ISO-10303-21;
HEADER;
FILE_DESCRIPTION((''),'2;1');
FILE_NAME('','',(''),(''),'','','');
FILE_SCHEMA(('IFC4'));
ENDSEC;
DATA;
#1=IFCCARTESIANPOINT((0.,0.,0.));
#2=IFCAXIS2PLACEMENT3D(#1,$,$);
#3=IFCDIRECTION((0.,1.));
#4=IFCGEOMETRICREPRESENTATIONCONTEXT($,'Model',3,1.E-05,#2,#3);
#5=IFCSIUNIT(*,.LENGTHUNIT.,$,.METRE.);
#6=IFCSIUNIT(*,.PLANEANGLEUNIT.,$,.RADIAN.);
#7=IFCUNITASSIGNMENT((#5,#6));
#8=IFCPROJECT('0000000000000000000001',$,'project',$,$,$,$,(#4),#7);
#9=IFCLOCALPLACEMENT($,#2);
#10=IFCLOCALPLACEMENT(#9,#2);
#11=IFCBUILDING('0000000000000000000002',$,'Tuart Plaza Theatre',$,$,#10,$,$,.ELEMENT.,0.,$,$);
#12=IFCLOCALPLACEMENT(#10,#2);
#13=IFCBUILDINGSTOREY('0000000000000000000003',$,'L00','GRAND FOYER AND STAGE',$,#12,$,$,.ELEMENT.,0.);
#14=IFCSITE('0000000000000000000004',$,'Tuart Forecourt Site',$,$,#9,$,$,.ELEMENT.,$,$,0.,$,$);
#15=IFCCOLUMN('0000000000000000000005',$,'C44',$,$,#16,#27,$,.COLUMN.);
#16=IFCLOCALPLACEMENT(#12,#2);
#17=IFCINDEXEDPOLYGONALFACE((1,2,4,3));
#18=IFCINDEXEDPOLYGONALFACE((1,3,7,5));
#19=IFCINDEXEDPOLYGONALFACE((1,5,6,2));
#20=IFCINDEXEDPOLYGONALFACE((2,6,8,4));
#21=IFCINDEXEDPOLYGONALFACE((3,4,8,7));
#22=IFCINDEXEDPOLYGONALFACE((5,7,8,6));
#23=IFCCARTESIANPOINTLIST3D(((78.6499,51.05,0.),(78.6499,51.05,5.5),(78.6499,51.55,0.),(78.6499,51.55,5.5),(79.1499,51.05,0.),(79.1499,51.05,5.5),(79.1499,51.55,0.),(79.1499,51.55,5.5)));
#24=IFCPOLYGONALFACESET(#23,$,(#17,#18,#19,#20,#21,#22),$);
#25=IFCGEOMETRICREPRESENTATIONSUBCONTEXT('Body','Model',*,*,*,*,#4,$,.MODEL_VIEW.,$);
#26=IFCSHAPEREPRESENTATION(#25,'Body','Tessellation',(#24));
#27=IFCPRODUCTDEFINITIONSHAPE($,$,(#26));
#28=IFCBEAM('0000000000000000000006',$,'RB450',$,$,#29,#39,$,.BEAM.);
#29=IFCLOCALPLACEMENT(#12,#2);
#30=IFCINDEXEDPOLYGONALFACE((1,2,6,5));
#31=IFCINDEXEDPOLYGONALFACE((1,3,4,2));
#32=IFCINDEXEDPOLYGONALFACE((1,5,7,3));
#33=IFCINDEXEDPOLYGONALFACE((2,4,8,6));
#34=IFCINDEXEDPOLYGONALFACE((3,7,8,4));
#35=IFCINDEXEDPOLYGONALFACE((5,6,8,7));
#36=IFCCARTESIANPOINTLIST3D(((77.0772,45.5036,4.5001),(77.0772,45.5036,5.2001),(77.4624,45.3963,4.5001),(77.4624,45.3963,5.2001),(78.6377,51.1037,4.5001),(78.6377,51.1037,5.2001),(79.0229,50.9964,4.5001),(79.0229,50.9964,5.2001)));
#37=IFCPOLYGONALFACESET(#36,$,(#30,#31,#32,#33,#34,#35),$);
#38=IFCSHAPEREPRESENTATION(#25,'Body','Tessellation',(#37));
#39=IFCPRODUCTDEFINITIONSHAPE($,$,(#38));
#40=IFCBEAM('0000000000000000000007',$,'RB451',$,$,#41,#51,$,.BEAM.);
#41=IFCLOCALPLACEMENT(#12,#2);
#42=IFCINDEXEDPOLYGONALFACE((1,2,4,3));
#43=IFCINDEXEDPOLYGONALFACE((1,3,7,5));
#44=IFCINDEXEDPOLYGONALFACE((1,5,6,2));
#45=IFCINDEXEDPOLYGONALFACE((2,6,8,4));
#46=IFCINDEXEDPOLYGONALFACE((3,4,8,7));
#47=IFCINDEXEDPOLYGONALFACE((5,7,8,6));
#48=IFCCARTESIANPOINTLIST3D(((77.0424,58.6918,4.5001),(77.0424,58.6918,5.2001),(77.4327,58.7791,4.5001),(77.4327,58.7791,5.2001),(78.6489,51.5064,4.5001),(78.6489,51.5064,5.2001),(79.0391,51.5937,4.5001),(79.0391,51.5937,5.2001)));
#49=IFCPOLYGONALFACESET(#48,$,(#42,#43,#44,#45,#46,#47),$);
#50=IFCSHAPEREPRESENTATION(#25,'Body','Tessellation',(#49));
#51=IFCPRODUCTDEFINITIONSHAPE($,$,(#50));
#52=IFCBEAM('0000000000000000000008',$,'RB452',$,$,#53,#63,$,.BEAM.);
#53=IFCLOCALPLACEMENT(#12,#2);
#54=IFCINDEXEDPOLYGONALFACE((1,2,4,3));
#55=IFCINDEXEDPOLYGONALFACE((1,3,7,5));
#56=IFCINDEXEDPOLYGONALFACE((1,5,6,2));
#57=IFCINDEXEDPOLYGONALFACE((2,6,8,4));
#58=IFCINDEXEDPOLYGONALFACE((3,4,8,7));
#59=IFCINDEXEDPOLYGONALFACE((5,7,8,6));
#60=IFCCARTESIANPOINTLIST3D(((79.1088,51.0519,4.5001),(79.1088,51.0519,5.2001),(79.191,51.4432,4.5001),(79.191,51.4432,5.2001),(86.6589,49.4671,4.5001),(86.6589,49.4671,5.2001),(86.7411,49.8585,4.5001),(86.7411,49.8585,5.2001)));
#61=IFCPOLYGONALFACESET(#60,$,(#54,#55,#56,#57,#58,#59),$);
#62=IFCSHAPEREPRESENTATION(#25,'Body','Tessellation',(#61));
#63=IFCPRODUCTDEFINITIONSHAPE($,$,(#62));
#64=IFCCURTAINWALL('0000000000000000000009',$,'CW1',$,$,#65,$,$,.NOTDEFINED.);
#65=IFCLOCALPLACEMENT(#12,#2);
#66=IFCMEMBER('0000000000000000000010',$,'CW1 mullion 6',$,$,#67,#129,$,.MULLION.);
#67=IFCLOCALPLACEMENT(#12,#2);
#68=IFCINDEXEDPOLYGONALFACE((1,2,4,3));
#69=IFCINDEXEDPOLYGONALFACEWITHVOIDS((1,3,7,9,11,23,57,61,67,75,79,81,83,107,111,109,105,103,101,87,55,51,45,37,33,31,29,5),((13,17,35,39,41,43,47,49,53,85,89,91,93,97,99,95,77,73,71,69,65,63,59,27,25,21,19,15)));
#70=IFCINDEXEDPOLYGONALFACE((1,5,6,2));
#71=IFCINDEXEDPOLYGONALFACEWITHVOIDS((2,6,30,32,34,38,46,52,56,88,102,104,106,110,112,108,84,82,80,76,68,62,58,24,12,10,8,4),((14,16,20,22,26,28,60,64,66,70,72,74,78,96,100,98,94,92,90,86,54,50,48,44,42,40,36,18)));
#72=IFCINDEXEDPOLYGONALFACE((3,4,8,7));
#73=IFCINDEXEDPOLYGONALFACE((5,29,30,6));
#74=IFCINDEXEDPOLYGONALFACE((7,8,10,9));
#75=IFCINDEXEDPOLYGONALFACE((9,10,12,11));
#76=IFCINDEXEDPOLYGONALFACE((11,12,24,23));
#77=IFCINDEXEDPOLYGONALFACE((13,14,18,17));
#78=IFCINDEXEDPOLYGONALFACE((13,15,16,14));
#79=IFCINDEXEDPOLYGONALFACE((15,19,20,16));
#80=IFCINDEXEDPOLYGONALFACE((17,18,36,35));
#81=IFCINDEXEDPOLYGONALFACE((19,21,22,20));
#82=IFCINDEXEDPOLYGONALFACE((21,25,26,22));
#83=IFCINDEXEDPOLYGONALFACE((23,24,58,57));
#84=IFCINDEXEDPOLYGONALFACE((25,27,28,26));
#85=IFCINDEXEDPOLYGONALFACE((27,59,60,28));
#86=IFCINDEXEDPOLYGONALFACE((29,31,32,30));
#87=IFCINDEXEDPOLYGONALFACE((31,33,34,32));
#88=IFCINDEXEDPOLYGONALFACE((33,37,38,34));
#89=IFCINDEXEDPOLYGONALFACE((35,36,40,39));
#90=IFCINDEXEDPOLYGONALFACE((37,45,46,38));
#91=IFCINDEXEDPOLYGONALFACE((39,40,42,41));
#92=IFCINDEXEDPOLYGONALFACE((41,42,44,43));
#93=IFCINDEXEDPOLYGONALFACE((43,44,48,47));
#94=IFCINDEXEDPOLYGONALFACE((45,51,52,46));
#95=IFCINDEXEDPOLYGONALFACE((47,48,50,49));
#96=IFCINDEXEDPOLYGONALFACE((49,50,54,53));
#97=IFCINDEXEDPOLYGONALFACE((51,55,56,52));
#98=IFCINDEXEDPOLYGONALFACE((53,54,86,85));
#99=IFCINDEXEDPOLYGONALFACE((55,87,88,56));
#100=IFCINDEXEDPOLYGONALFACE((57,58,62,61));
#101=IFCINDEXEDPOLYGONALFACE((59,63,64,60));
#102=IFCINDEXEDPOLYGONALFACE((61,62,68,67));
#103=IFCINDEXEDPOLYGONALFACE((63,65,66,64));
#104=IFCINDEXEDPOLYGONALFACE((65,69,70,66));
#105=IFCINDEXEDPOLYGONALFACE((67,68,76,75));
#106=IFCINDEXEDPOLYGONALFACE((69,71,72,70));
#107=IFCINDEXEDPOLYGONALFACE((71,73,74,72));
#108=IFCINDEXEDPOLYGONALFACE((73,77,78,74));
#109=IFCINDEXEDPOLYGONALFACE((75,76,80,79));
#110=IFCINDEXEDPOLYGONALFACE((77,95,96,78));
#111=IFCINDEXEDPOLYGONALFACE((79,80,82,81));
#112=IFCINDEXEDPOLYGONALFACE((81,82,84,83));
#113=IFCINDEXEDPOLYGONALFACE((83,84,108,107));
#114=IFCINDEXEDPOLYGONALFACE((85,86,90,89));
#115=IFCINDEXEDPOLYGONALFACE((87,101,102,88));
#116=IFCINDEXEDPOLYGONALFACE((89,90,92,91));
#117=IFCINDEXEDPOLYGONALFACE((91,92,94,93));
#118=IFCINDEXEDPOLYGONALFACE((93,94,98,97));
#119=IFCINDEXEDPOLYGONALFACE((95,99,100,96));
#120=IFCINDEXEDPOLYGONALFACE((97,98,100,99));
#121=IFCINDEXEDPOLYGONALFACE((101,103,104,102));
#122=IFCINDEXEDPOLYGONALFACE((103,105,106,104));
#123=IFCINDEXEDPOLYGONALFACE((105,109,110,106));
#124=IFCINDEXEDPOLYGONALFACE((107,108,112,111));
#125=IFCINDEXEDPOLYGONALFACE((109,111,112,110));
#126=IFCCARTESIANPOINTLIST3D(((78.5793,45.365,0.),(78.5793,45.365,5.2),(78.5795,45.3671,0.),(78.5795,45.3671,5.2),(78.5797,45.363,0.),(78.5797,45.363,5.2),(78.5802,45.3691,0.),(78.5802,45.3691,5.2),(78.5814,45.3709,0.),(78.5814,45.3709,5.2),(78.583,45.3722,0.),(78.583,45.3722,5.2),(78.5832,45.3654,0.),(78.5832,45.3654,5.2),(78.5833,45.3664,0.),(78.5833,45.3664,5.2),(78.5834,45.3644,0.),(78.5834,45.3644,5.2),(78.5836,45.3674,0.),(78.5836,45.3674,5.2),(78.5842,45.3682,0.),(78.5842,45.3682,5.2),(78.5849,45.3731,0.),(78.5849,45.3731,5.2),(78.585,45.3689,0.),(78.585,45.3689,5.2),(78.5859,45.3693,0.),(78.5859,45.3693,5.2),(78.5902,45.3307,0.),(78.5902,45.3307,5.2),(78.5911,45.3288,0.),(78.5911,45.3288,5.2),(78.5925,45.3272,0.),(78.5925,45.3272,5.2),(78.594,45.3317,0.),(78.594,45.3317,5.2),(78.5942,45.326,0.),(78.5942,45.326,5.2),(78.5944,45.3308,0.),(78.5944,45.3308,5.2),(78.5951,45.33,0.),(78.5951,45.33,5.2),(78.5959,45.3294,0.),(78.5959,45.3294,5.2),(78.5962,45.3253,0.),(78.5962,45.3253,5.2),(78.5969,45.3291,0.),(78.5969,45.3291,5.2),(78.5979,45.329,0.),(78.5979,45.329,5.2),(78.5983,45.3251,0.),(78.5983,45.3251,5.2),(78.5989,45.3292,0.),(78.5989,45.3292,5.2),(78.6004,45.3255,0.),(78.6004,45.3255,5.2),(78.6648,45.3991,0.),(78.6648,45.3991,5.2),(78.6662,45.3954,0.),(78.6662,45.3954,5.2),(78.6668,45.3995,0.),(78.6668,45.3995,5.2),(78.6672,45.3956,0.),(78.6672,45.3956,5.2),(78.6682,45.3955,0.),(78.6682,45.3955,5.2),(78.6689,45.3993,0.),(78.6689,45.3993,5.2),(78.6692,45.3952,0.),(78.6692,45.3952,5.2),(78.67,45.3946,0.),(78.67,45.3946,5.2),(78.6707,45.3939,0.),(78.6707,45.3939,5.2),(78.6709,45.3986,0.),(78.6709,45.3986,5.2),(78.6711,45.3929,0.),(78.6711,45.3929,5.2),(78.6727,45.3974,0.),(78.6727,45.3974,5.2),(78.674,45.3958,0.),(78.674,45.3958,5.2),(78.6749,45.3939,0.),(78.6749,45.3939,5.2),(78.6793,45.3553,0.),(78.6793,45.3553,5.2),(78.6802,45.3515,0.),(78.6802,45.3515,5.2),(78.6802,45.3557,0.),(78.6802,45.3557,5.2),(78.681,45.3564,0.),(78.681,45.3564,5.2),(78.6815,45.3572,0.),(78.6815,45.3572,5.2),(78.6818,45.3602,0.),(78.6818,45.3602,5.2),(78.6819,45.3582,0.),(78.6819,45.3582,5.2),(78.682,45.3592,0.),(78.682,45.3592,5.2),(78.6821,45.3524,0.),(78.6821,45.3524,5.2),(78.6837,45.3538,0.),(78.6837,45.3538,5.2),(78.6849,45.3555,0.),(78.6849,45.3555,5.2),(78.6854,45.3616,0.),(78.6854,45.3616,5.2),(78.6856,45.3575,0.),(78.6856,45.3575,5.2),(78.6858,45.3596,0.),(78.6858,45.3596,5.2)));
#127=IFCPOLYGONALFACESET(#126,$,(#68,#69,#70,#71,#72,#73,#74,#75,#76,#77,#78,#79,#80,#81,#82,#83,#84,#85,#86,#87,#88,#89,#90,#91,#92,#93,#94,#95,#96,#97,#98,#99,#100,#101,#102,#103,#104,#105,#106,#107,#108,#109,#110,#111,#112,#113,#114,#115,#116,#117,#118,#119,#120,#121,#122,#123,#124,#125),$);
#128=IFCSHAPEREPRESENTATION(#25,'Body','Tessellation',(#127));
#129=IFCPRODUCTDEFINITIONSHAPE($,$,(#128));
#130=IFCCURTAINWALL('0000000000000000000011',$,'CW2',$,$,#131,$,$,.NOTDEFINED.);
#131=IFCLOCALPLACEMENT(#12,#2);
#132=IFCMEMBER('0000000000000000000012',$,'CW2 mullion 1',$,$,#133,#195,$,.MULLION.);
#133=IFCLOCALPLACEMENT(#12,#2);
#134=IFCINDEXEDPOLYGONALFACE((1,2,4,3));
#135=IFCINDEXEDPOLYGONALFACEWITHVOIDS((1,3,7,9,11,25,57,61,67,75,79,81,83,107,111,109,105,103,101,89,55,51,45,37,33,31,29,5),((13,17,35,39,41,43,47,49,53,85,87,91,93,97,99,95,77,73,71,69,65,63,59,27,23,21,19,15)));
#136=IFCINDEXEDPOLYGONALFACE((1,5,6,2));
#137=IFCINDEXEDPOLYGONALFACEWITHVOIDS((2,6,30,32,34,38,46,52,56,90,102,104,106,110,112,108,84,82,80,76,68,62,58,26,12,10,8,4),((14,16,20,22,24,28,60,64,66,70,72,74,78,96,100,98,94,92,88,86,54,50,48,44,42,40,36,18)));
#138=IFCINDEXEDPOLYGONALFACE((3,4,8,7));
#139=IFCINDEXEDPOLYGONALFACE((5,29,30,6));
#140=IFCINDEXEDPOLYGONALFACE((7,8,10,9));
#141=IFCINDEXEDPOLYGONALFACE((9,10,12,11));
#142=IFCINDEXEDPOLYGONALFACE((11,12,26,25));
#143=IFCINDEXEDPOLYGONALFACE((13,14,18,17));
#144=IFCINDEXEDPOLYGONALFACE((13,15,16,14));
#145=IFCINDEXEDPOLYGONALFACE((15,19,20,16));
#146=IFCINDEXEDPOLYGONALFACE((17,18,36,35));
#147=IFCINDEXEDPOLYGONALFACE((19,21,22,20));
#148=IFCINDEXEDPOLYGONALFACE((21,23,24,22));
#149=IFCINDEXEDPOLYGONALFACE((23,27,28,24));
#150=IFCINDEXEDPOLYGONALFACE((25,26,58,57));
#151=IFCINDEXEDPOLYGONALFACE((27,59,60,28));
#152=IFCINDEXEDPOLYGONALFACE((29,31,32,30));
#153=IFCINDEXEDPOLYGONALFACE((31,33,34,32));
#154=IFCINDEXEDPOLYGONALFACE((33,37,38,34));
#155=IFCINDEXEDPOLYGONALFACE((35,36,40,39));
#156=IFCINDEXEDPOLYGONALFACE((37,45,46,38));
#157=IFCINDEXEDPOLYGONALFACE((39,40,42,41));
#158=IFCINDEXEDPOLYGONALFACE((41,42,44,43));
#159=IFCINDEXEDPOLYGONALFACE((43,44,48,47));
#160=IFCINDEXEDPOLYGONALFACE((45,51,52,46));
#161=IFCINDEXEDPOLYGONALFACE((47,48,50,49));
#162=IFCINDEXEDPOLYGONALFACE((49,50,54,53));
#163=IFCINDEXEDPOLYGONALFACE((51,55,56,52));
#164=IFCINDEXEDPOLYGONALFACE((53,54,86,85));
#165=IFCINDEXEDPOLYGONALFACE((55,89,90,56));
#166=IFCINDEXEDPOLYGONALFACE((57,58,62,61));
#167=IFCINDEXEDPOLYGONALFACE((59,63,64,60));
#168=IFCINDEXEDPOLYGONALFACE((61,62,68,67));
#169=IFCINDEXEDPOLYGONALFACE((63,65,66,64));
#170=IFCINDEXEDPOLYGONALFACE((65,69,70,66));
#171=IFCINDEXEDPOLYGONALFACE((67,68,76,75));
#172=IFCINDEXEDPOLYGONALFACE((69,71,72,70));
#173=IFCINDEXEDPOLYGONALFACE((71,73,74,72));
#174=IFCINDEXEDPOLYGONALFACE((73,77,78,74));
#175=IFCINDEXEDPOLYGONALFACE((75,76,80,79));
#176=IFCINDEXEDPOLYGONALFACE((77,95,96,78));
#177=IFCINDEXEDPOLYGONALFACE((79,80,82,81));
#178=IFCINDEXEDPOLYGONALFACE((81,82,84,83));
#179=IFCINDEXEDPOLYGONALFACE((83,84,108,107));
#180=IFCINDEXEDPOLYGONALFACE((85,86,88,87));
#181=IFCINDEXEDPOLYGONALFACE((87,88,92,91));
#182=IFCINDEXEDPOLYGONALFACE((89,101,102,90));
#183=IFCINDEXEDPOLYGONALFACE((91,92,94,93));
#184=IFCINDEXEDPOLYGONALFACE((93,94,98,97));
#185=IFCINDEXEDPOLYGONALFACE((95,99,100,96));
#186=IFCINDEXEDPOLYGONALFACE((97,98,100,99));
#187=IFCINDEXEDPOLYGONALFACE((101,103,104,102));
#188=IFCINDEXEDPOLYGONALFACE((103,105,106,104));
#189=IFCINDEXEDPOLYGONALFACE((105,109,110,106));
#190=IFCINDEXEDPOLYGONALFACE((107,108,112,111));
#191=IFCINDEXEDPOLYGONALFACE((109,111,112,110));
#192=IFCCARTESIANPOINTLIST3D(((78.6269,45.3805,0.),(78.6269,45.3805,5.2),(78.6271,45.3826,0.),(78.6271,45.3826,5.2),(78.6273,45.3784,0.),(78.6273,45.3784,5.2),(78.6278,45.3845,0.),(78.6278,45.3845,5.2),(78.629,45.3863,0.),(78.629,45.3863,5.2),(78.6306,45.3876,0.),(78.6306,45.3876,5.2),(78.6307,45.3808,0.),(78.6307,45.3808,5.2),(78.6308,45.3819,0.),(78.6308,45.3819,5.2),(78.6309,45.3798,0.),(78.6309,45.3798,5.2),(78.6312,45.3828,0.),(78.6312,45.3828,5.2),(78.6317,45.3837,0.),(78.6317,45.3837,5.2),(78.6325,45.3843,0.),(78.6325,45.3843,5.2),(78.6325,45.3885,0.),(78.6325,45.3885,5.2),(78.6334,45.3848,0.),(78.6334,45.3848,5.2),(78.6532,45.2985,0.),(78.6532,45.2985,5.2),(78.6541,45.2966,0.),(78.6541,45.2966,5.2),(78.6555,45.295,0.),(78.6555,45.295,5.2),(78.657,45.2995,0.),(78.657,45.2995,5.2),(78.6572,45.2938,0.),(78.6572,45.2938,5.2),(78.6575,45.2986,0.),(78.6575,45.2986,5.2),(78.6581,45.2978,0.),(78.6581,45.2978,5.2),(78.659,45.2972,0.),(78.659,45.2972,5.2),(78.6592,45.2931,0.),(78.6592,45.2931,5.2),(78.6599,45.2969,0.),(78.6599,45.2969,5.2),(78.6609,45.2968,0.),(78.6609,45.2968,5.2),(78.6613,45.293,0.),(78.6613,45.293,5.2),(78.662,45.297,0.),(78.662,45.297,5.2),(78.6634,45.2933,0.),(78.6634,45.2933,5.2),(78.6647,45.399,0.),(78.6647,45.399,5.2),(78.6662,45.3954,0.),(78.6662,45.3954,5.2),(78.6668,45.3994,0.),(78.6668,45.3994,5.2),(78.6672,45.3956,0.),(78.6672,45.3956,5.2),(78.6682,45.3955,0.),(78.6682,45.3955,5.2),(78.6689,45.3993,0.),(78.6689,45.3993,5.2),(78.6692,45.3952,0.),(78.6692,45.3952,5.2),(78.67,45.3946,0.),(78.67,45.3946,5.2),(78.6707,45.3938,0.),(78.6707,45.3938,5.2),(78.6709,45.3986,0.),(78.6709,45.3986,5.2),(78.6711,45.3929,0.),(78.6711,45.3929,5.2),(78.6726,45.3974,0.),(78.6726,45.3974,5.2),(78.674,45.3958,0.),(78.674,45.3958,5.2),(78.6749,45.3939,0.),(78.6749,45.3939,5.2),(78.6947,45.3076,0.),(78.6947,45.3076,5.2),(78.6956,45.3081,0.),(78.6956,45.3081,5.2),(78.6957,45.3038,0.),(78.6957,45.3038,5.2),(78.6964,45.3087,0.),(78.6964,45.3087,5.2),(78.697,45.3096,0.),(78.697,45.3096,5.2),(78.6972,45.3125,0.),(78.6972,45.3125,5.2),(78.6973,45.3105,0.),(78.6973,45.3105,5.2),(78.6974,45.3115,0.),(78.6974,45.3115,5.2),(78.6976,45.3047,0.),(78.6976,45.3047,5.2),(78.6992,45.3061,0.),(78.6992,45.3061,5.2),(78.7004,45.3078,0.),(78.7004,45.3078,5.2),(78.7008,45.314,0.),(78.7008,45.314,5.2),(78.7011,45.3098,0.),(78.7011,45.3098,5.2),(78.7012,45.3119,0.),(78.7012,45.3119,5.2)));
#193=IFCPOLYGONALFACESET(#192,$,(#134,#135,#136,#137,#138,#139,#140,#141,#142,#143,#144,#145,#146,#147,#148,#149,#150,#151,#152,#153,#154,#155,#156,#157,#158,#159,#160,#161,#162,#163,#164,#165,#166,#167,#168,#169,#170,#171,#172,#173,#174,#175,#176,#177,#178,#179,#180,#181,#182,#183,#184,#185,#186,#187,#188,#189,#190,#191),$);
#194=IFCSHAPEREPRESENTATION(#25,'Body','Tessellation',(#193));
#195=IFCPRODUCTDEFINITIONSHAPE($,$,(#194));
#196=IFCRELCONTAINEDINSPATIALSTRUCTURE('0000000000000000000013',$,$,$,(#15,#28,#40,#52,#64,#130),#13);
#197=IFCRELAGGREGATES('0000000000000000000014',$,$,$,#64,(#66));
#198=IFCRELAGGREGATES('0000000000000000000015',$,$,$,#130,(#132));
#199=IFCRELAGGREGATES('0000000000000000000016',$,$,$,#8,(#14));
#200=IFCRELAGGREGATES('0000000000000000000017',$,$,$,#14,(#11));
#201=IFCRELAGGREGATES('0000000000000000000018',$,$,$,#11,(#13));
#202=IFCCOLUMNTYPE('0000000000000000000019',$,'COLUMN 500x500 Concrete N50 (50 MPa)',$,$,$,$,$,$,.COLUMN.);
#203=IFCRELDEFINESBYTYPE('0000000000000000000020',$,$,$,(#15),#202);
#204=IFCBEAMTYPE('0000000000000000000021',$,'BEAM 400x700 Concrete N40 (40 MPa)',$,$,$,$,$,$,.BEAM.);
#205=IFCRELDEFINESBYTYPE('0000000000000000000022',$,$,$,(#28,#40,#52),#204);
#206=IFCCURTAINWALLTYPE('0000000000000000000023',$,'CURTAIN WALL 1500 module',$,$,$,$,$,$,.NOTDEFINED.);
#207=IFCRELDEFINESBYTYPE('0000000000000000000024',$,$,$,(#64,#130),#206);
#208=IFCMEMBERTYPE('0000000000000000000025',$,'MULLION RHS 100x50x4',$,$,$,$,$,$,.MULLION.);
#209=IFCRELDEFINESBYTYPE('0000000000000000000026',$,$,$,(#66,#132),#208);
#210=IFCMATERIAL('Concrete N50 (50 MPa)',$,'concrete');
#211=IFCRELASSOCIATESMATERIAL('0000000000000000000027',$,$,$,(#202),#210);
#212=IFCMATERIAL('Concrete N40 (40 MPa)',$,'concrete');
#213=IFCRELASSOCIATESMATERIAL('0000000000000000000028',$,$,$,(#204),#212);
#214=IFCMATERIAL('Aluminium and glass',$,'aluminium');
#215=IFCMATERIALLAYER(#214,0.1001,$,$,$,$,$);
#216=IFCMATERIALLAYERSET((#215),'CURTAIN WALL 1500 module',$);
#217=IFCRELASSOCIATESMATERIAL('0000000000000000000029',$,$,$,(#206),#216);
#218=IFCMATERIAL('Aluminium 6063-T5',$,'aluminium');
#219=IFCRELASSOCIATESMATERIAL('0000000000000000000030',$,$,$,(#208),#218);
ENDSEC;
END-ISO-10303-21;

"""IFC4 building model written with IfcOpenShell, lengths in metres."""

from ifc_helpers import new_model, si_unit, direction, frame, origin, origin_2d, place, context, subcontext, project, spatial, rectangle, hollow_rectangle, extrude, material, layer, layer_set, material_profile, profile_set, type_object, element, aggregate, save


model = new_model("IFC4")

# Units and contexts
model_context = context("Model", 3, precision=1e-05, world=origin(), true_north=direction((0.0, 1.0)))
body_context = subcontext(model_context, "Body", "Model", "MODEL_VIEW")
ifc_project = project(units=[si_unit("LENGTHUNIT", "METRE"), si_unit("PLANEANGLEUNIT", "RADIAN")], contexts=[model_context])

# Site, building, storey
site_placement = place(None, origin())
site = spatial("IfcSite", under=ifc_project, at=site_placement, Name="Tuart Forecourt Site", CompositionType="ELEMENT", RefElevation=0.0)
building_placement = place(site_placement, origin())
building = spatial("IfcBuilding", under=site, at=building_placement, Name="Tuart Plaza Theatre", CompositionType="ELEMENT", ElevationOfRefHeight=0.0)
storey_placement = place(building_placement, origin())
storey = spatial("IfcBuildingStorey", under=building, at=storey_placement, Name="L00", Description="GRAND FOYER AND STAGE", CompositionType="ELEMENT", Elevation=0.0)

# Column
ifc_material_1 = material(Name="Concrete N50 (50 MPa)", Category="concrete")
ifc_material_profile_1 = material_profile(ifc_material_1, rectangle(XDim=0.5, YDim=0.5, at=origin_2d()), Name="COLUMN 500x500 Concrete N50 (50 MPa)")
ifc_profile_set_1 = profile_set([ifc_material_profile_1], Name="Concrete N50 (50 MPa)")
column_type = type_object("IfcColumnType", Name="COLUMN 500x500 Concrete N50 (50 MPa)", PredefinedType="COLUMN", material=ifc_profile_set_1)
column_placement = place(storey_placement, frame((78.8999, 51.3, 0.0), z_axis=(0.0, 0.0, 1.0), x_axis=(1.0, 0.0, 0.0)))
element("IfcColumn", 1, at=column_placement, inside=storey, type_object=column_type, Name="C44", PredefinedType="COLUMN", context=body_context, shape_type="SweptSolid", body=[
    extrude(rectangle(XDim=0.5, YDim=0.5, at=origin_2d()), origin(), (0.0, 0.0, 1.0), 5.5),
])

# Beams
ifc_material_2 = material(Name="Concrete N40 (40 MPa)", Category="concrete")
ifc_material_profile_2 = material_profile(ifc_material_2, rectangle(XDim=0.3999, YDim=0.7, at=origin_2d()), Name="BEAM 400x700 Concrete N40 (40 MPa)")
ifc_profile_set_2 = profile_set([ifc_material_profile_2], Name="Concrete N40 (40 MPa)")
beam_type = type_object("IfcBeamType", Name="BEAM 400x700 Concrete N40 (40 MPa)", PredefinedType="BEAM", material=ifc_profile_set_2)
beam_1_placement = place(storey_placement, frame((77.2698, 45.45, 4.8501), z_axis=(0.268437, 0.963297, 0.0), x_axis=(-0.963297, 0.268437, 0.0)))
element("IfcBeam", 2, at=beam_1_placement, inside=storey, type_object=beam_type, Name="RB450", PredefinedType="BEAM", context=body_context, shape_type="SweptSolid", body=[
    extrude(rectangle(XDim=0.3999, YDim=0.7, at=origin_2d()), origin(), (0.0, 0.0, 1.0), 5.8135),
])
beam_2_placement = place(storey_placement, frame((78.844, 51.55, 4.8501), z_axis=(-0.218187, 0.975907, 0.0), x_axis=(-0.975907, -0.218187, 0.0)))
element("IfcBeam", 3, at=beam_2_placement, inside=storey, type_object=beam_type, Name="RB451", PredefinedType="BEAM", context=body_context, shape_type="SweptSolid", body=[
    extrude(rectangle(XDim=0.3999, YDim=0.7, at=origin_2d()), origin(), (0.0, 0.0, 1.0), 7.3628),
])
beam_3_placement = place(storey_placement, frame((79.1499, 51.2476, 4.8501), z_axis=(0.978674, -0.205419, 0.0), x_axis=(0.205419, 0.978674, 0.0)))
element("IfcBeam", 4, at=beam_3_placement, inside=storey, type_object=beam_type, Name="RB452", PredefinedType="BEAM", context=body_context, shape_type="SweptSolid", body=[
    extrude(rectangle(XDim=0.3999, YDim=0.7, at=origin_2d()), origin(), (0.0, 0.0, 1.0), 7.7146),
])

# Curtain walls, members
ifc_material_3 = material(Name="Aluminium and glass", Category="aluminium")
ifc_layer_1 = layer(ifc_material_3, 0.1001)
ifc_layer_set_1 = layer_set([ifc_layer_1], Name="CURTAIN WALL 1500 module")
curtain_wall_type = type_object("IfcCurtainWallType", Name="CURTAIN WALL 1500 module", PredefinedType="NOTDEFINED", material=ifc_layer_set_1)
curtain_wall_1_placement = place(storey_placement, origin())
curtain_wall_1 = element("IfcCurtainWall", 5, at=curtain_wall_1_placement, inside=storey, type_object=curtain_wall_type, Name="CW1", PredefinedType="NOTDEFINED")
ifc_material_4 = material(Name="Aluminium 6063-T5", Category="aluminium")
ifc_material_profile_3 = material_profile(ifc_material_4, hollow_rectangle(XDim=0.05, YDim=0.1001, WallThickness=0.0039, InnerFilletRadius=0.0039, OuterFilletRadius=0.0081, at=origin_2d()), Name="RHS 100x50x4")
ifc_profile_set_3 = profile_set([ifc_material_profile_3], Name="Aluminium 6063-T5")
member_type_1 = type_object("IfcMemberType", Name="MULLION RHS 100x50x4", PredefinedType="MULLION", material=ifc_profile_set_3)
member_1_placement = place(storey_placement, frame((78.6326, 45.3623, 0.0), z_axis=(0.0, 0.0, 1.0), x_axis=(-0.308986, 0.951067, 0.0)))
member_1 = element("IfcMember", 6, at=member_1_placement, type_object=member_type_1, Name="CW1 mullion 6", PredefinedType="MULLION", context=body_context, shape_type="SweptSolid", body=[
    extrude(hollow_rectangle(XDim=0.05, YDim=0.1001, WallThickness=0.0039, InnerFilletRadius=0.0039, OuterFilletRadius=0.0081, at=origin_2d()), origin(), (0.0, 0.0, 1.0), 5.2),
])
curtain_wall_2_placement = place(storey_placement, origin())
curtain_wall_2 = element("IfcCurtainWall", 7, at=curtain_wall_2_placement, inside=storey, type_object=curtain_wall_type, Name="CW2", PredefinedType="NOTDEFINED")
member_2_placement = place(storey_placement, frame((78.6641, 45.3462, 0.0), z_axis=(0.0, 0.0, 1.0), x_axis=(0.951056, 0.309018, 0.0)))
member_2 = element("IfcMember", 8, at=member_2_placement, type_object=member_type_1, Name="CW2 mullion 1", PredefinedType="MULLION", context=body_context, shape_type="SweptSolid", body=[
    extrude(hollow_rectangle(XDim=0.05, YDim=0.1001, WallThickness=0.0039, InnerFilletRadius=0.0039, OuterFilletRadius=0.0081, at=origin_2d()), origin(), (0.0, 0.0, 1.0), 5.2),
])

aggregate(curtain_wall_1, [member_1])
aggregate(curtain_wall_2, [member_2])

save(model, "model.ifc")
